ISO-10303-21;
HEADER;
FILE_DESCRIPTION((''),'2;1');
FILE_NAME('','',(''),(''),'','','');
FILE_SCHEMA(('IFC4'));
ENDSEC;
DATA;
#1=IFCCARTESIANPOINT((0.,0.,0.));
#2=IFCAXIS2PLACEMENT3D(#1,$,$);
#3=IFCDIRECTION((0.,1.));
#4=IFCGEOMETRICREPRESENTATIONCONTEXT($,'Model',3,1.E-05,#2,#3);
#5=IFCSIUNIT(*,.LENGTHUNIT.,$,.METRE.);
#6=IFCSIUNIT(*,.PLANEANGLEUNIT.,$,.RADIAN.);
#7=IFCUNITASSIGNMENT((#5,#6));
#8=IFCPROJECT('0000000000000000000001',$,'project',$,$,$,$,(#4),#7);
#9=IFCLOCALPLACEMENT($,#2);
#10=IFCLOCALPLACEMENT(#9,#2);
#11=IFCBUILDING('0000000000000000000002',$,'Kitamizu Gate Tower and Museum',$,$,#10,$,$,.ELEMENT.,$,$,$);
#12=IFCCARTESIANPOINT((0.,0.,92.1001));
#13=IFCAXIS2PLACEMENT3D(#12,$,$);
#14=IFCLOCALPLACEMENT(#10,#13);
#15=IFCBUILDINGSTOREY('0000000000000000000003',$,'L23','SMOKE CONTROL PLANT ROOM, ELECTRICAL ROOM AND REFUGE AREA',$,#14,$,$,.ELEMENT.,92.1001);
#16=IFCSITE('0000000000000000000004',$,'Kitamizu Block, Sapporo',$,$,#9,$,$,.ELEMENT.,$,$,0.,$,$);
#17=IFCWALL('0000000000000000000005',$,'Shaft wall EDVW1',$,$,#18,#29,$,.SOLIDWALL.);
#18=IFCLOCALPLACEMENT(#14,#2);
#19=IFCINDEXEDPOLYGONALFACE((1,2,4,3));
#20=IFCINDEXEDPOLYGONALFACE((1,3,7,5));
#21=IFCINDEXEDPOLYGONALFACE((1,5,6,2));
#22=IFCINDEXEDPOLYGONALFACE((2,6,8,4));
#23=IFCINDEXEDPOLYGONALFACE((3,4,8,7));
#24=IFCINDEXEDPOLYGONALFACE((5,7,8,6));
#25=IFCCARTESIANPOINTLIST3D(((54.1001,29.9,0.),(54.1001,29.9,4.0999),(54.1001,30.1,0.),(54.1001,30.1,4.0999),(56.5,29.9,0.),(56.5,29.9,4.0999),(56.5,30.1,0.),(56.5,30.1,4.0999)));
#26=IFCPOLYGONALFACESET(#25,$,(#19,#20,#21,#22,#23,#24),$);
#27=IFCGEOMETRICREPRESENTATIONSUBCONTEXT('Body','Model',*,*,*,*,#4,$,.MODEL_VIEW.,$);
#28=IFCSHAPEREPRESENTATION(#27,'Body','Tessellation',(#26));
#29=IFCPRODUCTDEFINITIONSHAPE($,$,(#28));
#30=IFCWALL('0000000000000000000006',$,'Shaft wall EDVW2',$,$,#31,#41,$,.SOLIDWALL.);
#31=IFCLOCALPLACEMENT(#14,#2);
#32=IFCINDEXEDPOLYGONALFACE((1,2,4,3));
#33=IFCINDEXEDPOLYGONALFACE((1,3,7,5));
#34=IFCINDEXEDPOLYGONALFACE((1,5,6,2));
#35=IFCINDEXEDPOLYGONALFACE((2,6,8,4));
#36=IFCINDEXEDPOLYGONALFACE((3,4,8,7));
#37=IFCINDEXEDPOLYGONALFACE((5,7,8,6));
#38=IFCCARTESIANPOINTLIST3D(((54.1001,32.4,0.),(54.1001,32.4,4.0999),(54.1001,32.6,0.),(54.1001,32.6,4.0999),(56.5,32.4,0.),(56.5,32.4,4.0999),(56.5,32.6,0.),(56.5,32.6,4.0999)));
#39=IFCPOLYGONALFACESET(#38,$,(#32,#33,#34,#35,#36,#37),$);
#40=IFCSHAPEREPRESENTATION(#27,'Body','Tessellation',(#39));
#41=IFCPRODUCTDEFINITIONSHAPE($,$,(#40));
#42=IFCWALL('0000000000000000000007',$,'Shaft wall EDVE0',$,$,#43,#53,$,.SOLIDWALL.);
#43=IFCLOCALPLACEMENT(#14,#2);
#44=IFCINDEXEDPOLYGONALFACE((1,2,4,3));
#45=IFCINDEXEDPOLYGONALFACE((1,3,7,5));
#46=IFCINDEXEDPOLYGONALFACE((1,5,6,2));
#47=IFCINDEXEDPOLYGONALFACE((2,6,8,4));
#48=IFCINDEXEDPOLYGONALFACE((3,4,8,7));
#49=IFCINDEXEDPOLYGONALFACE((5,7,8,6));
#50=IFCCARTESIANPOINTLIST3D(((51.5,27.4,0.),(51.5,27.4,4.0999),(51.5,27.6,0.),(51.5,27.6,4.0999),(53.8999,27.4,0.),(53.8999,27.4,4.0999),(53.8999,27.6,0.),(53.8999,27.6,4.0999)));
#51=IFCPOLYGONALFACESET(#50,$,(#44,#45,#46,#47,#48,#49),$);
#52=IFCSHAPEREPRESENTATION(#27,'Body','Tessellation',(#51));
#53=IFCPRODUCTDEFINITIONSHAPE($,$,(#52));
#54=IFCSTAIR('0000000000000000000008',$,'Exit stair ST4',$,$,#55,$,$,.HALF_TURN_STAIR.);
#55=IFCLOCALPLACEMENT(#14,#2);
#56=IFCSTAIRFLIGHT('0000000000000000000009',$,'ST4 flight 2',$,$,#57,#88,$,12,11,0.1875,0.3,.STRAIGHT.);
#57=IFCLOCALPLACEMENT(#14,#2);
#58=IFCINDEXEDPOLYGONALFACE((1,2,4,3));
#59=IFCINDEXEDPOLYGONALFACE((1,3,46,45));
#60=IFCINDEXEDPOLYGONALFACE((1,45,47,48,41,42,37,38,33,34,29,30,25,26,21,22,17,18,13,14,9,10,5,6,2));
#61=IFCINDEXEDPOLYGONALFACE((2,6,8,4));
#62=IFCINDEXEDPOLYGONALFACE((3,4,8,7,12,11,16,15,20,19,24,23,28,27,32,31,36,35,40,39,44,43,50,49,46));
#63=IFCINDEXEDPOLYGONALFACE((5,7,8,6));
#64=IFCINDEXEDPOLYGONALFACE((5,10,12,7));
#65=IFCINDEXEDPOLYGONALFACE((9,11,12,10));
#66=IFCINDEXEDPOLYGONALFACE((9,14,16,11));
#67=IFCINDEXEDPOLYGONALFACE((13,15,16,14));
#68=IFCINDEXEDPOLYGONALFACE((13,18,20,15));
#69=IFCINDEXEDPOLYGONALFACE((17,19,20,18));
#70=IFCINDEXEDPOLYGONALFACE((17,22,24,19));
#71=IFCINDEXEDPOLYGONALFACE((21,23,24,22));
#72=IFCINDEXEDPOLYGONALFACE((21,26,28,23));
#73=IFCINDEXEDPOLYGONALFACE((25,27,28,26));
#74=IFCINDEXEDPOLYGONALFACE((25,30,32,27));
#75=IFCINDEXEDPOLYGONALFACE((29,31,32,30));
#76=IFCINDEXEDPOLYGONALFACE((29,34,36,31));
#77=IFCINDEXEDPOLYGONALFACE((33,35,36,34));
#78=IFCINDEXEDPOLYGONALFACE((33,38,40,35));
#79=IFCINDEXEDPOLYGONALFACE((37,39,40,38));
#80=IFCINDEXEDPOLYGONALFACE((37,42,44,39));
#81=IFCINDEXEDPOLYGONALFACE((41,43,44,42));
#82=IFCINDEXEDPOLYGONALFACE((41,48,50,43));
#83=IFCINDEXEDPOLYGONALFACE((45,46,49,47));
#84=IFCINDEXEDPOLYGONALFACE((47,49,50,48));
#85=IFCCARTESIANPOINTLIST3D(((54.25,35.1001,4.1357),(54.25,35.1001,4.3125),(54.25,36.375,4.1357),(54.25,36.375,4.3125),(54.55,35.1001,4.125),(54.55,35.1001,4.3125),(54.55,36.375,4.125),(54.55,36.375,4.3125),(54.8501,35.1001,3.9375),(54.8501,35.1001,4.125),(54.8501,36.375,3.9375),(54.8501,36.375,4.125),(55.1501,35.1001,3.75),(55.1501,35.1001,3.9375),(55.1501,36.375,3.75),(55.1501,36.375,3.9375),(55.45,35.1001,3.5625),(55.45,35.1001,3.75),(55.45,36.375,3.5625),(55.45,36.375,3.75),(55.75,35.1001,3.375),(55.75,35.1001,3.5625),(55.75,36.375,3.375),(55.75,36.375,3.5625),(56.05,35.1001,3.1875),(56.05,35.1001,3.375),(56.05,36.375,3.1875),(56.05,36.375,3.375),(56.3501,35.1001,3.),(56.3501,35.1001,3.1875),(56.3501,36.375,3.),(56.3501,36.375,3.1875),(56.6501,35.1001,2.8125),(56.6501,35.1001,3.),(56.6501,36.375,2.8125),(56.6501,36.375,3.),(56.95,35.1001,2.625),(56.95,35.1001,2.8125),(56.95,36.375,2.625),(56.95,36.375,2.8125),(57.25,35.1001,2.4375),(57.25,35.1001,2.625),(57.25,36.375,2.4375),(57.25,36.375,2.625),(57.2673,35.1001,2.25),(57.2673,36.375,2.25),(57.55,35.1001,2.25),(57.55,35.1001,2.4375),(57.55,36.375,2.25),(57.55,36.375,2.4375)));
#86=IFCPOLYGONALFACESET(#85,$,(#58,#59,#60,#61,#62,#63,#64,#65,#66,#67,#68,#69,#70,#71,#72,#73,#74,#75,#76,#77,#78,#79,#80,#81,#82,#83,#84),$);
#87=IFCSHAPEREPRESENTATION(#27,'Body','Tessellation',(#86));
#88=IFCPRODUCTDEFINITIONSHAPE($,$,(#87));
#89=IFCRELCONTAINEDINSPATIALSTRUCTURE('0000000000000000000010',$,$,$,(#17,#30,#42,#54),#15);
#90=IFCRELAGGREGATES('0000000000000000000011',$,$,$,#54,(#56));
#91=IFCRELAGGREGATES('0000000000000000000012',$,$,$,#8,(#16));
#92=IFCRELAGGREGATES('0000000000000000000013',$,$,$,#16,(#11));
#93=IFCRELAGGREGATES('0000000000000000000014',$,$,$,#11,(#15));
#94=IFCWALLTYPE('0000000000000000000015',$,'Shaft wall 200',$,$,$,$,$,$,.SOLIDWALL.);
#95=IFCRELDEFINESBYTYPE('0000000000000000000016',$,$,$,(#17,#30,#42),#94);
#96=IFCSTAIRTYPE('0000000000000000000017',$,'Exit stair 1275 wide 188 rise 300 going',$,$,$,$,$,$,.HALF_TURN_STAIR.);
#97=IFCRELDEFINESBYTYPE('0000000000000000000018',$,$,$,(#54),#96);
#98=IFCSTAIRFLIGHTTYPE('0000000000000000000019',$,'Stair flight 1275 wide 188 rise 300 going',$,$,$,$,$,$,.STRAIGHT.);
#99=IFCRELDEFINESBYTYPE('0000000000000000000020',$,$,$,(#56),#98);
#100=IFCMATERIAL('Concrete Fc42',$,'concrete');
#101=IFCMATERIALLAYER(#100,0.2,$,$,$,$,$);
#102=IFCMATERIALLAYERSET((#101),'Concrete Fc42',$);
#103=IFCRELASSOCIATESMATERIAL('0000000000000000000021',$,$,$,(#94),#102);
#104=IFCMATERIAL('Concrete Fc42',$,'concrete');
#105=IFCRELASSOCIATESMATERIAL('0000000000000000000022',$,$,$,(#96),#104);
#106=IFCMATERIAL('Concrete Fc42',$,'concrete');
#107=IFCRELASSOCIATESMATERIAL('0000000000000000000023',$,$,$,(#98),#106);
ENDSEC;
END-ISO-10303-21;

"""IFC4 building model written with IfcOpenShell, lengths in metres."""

from ifc_helpers import new_model, si_unit, direction, frame, frame_2d, origin, place, context, subcontext, project, spatial, polyline, rectangle, outline, extrude, material, layer, layer_set, type_object, element, aggregate, save


model = new_model("IFC4")

# Units and contexts
model_context = context("Model", 3, precision=1e-05, world=origin(), true_north=direction((0.0, 1.0)))
body_context = subcontext(model_context, "Body", "Model", "MODEL_VIEW")
ifc_project = project(units=[si_unit("LENGTHUNIT", "METRE"), si_unit("PLANEANGLEUNIT", "RADIAN")], contexts=[model_context])

# Site, building, storey
site_placement = place(None, origin())
site = spatial("IfcSite", under=ifc_project, at=site_placement, Name="Kitamizu Block, Sapporo", CompositionType="ELEMENT", RefElevation=0.0)
building_placement = place(site_placement, origin())
building = spatial("IfcBuilding", under=site, at=building_placement, Name="Kitamizu Gate Tower and Museum", CompositionType="ELEMENT")
storey_placement = place(building_placement, frame((0.0, 0.0, 92.1001)))
storey = spatial("IfcBuildingStorey", under=building, at=storey_placement, Name="L23", Description="SMOKE CONTROL PLANT ROOM, ELECTRICAL ROOM AND REFUGE AREA", CompositionType="ELEMENT", Elevation=92.1001)

# Shared definitions
ifc_material_1 = material(Name="Concrete Fc42", Category="concrete")
ifc_layer = layer(ifc_material_1, 0.2)
ifc_layer_set = layer_set([ifc_layer], Name="Concrete Fc42")
wall_type = type_object("IfcWallType", Name="Shaft wall 200", PredefinedType="SOLIDWALL", material=ifc_layer_set)

# Walls
for number, where, z_axis, x_axis, name in (
    (1, (56.5, 30.0, 0.0), (0.0, 0.0, 1.0), (-1.0, 0.0, 0.0), "Shaft wall EDVW1"),
    (2, (56.5, 32.5, 0.0), (0.0, 0.0, 1.0), (-1.0, 0.0, 0.0), "Shaft wall EDVW2"),
    (3, (53.8999, 27.5, 0.0), (0.0, 0.0, 1.0), (-1.0, 0.0, 0.0), "Shaft wall EDVE0"),
):
    element("IfcWall", number, at=place(storey_placement, frame(where, z_axis=z_axis, x_axis=x_axis)), inside=storey, type_object=wall_type, Name=name, PredefinedType="SOLIDWALL", context=body_context, shape_type="SweptSolid", body=[
        extrude(rectangle(XDim=2.3999, YDim=0.2, at=frame_2d((1.2, 0.0))), origin(), (0.0, 0.0, 1.0), 4.0999),
    ])

# Stair, stair flight
ifc_material_2 = material(Name="Concrete Fc42", Category="concrete")
stair_type = type_object("IfcStairType", Name="Exit stair 1275 wide 188 rise 300 going", PredefinedType="HALF_TURN_STAIR", material=ifc_material_2)
stair_placement = place(storey_placement, origin())
stair = element("IfcStair", 4, at=stair_placement, inside=storey, type_object=stair_type, Name="Exit stair ST4", PredefinedType="HALF_TURN_STAIR")
ifc_material_3 = material(Name="Concrete Fc42", Category="concrete")
stair_flight_type = type_object("IfcStairFlightType", Name="Stair flight 1275 wide 188 rise 300 going", PredefinedType="STRAIGHT", material=ifc_material_3)
stair_flight_placement = place(storey_placement, frame((57.55, 35.7375, 2.25), z_axis=(0.0, 0.0, 1.0), x_axis=(-1.0, 0.0, 0.0)))
stair_flight = element("IfcStairFlight", 5, at=stair_flight_placement, type_object=stair_flight_type, Name="ST4 flight 2", NumberOfRisers=12, NumberOfTreads=11, PredefinedType="STRAIGHT", RiserHeight=0.1875, TreadLength=0.3, context=body_context, shape_type="SweptSolid", body=[
    extrude(outline(polyline([(0.0, 0.0), (0.0, 0.1875), (0.3, 0.1875), (0.3, 0.375), (0.6001, 0.375), (0.6001, 0.5625), (0.8999, 0.5625), (0.8999, 0.75), (1.2, 0.75), (1.2, 0.9375), (1.5, 0.9375), (1.5, 1.125), (1.8, 1.125), (1.8, 1.3125), (2.1001, 1.3125), (2.1001, 1.5), (2.3999, 1.5), (2.3999, 1.6875), (2.7, 1.6875), (2.7, 1.875), (3.0, 1.875), (3.0, 2.0625), (3.3, 2.0625), (3.3, 2.25), (3.3, 1.8857), (0.2827, 0.0), (0.0, 0.0)])), frame((0.0, 0.6375, 0.0), z_axis=(0.0, -1.0, 0.0), x_axis=(1.0, 0.0, 0.0)), (0.0, 0.0, 1.0), 1.2749),
])
aggregate(stair, [stair_flight])

save(model, "model.ifc")
